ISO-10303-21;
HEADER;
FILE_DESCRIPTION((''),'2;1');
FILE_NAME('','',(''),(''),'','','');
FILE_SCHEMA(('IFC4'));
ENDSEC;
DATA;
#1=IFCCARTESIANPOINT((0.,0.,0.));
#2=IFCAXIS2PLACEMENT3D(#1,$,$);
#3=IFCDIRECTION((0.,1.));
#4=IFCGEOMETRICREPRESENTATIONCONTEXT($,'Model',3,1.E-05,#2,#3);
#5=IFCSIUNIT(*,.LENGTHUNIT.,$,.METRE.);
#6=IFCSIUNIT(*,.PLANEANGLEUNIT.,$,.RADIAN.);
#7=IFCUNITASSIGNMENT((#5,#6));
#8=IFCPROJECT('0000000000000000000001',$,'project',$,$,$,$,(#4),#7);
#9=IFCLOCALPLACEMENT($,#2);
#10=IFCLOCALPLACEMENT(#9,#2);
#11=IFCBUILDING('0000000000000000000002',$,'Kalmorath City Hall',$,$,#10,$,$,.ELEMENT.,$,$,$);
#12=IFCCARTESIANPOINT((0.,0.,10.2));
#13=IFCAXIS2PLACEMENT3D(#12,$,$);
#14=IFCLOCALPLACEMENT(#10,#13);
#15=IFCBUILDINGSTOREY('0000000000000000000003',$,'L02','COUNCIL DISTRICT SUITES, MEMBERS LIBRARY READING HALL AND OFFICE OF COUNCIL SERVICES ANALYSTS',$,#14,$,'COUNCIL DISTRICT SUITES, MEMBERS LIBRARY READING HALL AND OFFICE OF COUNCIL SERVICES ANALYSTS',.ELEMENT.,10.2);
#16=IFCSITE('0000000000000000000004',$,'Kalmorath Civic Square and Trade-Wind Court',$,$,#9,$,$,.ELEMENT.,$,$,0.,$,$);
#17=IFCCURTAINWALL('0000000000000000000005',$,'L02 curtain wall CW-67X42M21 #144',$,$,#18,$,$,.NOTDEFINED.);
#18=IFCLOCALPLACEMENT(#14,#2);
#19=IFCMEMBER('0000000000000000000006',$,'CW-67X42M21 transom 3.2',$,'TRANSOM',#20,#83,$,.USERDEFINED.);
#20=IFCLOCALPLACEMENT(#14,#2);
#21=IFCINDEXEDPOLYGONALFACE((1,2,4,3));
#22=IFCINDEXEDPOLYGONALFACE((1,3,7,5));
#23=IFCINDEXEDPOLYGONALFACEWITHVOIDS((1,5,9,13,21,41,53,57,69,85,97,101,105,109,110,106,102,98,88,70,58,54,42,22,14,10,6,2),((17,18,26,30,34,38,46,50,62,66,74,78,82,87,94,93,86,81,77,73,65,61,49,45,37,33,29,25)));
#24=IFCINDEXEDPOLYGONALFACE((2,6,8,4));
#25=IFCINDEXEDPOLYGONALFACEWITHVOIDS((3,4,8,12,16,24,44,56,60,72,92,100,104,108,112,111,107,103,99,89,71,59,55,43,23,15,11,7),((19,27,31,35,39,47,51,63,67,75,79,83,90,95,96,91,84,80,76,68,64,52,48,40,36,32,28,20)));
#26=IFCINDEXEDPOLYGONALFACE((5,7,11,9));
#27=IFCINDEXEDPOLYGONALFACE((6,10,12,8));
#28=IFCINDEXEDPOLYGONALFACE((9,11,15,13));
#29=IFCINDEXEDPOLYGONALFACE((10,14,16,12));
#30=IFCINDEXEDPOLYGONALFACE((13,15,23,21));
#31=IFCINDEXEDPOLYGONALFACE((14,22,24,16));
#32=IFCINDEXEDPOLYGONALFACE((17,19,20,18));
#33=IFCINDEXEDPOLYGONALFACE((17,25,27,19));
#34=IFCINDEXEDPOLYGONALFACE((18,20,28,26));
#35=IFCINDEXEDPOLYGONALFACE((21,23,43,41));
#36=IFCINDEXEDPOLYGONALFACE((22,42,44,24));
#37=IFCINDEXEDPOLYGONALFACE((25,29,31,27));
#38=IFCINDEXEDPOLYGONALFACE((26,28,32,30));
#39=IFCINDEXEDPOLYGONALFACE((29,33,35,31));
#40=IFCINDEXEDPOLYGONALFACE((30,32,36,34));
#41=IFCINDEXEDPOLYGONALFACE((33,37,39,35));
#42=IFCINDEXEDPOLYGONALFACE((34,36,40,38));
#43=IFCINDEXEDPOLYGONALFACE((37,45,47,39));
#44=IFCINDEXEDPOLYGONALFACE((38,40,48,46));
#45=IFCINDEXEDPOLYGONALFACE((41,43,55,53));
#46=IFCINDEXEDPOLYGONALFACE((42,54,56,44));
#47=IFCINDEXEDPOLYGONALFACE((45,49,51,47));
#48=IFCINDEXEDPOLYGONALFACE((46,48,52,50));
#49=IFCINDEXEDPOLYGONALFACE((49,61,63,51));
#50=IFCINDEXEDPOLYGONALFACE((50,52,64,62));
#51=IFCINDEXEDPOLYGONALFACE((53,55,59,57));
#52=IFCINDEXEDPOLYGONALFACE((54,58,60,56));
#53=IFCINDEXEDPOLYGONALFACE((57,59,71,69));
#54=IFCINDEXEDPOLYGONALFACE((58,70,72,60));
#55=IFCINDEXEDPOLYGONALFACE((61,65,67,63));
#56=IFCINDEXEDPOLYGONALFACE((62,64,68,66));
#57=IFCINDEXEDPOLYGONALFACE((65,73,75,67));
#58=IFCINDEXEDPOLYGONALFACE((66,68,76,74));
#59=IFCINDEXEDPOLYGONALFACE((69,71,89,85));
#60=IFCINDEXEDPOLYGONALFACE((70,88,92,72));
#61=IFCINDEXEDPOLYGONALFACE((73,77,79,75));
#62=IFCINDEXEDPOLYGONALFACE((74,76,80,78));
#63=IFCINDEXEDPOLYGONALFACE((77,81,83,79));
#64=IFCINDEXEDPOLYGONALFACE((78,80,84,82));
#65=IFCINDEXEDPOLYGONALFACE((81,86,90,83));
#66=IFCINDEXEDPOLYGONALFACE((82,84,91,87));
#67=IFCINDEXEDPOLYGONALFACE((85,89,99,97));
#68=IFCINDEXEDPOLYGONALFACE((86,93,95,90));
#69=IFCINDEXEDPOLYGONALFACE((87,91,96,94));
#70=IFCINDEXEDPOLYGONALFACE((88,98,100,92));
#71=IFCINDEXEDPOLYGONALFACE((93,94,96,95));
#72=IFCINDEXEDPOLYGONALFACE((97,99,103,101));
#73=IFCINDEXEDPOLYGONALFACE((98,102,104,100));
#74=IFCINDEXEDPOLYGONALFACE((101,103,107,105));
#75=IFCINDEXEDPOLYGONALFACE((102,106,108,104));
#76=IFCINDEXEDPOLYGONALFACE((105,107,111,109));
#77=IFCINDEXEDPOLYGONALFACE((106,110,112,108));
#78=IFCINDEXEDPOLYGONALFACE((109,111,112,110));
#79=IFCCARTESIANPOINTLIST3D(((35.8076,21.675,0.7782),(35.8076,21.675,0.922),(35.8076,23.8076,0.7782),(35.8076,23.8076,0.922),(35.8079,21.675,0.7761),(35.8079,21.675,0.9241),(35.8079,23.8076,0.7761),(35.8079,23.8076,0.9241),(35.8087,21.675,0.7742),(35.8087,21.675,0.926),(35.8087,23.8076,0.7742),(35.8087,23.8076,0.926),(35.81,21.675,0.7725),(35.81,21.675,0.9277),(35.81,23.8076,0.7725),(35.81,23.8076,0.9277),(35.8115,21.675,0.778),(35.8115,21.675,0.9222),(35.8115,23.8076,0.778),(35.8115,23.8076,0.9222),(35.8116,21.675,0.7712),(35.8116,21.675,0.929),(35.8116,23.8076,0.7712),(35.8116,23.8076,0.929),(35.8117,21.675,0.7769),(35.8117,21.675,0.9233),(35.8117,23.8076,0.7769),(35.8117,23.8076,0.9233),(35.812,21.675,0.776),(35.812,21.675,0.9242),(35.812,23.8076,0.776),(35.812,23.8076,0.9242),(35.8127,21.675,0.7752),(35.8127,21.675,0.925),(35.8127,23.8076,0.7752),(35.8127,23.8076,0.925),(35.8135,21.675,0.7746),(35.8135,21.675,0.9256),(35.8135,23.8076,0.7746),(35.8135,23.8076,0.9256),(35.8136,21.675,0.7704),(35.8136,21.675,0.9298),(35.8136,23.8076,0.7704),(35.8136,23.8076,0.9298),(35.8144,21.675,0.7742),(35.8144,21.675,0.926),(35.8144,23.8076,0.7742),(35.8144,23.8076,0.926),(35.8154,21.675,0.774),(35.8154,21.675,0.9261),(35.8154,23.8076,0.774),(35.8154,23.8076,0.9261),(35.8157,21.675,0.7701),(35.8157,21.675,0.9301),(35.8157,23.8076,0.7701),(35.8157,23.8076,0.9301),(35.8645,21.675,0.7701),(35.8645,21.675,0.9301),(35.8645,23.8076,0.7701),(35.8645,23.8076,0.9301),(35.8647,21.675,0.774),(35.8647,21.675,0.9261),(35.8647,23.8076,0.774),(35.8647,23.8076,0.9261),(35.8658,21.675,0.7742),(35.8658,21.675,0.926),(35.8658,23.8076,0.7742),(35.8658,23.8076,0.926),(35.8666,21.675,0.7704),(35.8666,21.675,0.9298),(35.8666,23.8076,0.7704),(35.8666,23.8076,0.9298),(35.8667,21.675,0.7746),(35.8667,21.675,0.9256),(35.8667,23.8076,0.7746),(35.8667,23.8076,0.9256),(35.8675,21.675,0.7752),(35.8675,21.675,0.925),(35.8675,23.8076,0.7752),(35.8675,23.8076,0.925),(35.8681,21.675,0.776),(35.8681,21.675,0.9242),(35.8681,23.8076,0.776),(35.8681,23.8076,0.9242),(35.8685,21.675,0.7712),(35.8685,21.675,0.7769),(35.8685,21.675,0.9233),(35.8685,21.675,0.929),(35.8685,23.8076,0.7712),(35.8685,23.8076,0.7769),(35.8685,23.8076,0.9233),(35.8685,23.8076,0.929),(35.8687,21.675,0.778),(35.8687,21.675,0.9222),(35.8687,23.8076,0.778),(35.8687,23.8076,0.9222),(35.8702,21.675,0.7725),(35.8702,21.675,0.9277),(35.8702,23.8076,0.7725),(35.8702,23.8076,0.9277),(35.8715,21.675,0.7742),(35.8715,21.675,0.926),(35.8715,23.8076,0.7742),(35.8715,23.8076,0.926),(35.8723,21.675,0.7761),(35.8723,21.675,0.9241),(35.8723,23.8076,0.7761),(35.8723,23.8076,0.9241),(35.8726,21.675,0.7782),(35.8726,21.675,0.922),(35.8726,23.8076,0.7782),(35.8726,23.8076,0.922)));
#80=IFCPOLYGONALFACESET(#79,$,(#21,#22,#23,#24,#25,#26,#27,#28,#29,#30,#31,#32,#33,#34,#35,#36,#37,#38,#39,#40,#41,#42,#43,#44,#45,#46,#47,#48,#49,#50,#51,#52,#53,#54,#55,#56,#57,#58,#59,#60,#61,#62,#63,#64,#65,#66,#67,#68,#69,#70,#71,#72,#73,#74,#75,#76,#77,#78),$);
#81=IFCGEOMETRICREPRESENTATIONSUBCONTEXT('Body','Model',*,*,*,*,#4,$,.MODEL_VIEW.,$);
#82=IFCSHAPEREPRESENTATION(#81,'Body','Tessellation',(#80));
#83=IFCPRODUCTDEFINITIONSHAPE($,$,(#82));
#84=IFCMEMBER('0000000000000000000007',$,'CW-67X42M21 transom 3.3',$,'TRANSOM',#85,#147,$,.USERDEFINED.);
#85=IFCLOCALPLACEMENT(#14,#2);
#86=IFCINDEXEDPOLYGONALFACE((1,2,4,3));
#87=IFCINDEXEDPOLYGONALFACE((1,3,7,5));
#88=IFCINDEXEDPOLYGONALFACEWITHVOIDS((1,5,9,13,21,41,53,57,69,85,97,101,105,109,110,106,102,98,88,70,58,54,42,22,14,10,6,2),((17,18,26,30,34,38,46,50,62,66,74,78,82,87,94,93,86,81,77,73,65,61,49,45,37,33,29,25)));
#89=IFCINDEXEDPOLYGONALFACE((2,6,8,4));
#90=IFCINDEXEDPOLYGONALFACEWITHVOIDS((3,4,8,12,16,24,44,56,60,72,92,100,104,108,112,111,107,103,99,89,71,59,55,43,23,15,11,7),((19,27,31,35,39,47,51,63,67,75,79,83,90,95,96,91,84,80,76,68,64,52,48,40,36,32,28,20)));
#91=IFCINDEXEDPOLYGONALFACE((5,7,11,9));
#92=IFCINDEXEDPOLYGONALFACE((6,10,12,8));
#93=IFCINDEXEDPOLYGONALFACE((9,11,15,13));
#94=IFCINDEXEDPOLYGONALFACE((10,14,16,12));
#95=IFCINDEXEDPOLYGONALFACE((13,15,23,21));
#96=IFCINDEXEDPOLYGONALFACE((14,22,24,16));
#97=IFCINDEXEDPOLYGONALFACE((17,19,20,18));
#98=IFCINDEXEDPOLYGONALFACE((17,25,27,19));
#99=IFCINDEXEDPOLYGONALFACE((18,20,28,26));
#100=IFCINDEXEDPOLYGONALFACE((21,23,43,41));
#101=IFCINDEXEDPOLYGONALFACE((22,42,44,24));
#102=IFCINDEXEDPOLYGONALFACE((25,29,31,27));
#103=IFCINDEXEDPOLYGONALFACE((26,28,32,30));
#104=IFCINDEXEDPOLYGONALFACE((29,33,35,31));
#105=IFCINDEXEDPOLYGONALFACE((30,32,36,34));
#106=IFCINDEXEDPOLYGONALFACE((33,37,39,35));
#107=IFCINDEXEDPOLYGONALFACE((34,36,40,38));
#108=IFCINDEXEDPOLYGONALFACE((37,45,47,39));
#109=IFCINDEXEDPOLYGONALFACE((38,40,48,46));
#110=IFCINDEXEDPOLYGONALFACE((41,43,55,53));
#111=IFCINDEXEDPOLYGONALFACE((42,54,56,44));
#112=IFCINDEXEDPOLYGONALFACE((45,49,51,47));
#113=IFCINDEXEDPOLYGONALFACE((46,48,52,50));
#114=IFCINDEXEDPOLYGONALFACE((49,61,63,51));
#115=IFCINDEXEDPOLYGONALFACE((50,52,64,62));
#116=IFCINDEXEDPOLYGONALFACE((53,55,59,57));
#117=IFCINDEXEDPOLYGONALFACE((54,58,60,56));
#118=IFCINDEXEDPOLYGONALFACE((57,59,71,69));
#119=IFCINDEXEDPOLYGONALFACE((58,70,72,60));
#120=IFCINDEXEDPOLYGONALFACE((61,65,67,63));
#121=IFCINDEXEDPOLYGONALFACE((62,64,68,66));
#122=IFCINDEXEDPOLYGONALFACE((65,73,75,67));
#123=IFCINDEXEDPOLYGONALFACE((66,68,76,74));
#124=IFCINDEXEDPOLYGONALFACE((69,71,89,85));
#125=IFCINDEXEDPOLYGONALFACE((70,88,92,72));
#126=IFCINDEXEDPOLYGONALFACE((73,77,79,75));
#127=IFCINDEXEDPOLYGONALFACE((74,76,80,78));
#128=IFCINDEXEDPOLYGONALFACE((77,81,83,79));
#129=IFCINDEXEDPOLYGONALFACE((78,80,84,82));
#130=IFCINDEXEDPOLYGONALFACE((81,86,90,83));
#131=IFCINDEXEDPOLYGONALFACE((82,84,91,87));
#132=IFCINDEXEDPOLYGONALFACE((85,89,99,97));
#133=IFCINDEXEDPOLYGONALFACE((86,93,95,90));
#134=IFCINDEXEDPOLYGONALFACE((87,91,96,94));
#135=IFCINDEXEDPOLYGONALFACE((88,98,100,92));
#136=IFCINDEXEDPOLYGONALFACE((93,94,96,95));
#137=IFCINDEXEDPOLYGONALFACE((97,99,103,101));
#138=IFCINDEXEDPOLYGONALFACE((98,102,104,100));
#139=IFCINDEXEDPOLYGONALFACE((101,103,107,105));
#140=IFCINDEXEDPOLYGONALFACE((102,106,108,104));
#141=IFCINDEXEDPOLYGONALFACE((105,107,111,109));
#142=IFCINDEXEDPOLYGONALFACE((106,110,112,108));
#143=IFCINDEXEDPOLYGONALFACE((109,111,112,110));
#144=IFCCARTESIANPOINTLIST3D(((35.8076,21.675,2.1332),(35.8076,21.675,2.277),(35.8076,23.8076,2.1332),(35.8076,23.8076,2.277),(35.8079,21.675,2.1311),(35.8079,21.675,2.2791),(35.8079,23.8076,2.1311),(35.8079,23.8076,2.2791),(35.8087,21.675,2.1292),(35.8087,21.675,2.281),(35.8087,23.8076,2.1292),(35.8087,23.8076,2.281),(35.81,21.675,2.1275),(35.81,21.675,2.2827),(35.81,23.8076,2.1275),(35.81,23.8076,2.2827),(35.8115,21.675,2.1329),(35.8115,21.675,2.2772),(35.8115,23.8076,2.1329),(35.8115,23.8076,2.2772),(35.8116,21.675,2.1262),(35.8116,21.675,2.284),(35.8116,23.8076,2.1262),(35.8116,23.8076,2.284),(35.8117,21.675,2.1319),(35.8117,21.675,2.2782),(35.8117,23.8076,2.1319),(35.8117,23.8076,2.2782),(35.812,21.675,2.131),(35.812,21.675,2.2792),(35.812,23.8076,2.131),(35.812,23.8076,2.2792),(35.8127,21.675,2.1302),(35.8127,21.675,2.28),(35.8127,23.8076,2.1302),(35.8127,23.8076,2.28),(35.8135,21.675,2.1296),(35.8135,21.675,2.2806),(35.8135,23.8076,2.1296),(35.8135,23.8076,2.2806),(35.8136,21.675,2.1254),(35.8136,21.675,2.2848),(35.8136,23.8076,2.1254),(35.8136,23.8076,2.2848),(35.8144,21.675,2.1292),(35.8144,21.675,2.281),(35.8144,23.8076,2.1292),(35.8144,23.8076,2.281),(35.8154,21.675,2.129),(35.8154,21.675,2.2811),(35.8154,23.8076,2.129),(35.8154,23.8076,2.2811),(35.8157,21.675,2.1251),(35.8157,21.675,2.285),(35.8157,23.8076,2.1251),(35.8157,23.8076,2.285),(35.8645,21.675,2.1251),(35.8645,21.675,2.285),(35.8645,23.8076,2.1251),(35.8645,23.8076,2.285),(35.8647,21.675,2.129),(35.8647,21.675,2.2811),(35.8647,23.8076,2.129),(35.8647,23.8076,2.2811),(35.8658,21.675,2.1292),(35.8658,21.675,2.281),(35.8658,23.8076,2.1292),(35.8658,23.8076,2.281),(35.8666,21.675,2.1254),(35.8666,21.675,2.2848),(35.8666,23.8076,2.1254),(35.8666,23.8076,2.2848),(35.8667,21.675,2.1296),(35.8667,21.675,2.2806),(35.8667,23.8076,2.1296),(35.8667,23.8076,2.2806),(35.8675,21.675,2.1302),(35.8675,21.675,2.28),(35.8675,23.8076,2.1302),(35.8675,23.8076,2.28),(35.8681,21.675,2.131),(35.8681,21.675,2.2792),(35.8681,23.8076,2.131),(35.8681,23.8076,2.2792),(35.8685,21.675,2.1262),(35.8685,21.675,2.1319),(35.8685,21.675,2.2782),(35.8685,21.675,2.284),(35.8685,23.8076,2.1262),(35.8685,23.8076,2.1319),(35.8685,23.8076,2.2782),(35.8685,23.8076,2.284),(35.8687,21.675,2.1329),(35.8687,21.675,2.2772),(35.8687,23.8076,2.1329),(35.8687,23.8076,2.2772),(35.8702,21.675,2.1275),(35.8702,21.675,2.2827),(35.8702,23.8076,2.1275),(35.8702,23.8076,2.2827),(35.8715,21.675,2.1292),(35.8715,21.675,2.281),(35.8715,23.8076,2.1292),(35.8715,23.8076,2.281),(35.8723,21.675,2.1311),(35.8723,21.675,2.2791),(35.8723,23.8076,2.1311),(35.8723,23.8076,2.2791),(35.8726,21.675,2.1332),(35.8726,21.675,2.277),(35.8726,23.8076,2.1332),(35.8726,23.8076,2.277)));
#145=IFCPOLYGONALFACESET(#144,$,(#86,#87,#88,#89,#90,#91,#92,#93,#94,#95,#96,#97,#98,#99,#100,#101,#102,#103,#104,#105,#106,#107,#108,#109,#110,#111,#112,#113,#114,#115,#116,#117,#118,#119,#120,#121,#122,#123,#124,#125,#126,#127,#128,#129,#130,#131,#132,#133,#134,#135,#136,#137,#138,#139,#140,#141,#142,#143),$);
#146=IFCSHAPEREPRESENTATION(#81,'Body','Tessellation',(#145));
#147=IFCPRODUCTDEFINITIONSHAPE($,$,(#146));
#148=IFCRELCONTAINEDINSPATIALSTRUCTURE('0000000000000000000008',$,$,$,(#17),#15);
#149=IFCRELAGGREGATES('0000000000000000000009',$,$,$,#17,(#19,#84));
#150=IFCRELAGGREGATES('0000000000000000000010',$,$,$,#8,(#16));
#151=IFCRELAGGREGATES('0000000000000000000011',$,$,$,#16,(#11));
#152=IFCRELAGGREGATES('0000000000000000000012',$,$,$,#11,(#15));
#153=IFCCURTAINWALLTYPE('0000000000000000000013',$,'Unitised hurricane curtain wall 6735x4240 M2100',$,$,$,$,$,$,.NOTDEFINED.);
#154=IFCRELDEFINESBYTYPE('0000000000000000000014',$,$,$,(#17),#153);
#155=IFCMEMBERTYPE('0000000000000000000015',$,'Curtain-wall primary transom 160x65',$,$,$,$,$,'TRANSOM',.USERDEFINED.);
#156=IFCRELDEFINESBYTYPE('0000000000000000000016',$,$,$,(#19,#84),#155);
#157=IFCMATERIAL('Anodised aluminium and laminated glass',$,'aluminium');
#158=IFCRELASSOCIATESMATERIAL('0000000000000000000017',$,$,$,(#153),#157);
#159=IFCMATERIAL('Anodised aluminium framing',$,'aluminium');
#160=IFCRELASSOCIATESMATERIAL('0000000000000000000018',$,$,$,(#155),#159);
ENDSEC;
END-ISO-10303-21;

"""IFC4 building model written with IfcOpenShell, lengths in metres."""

from ifc_helpers import new_model, si_unit, direction, frame, origin, origin_2d, place, context, subcontext, project, spatial, hollow_rectangle, extrude, material, material_profile, profile_set, type_object, element, aggregate, save


model = new_model("IFC4")

# Units and contexts
model_context = context("Model", 3, precision=1e-05, world=origin(), true_north=direction((0.0, 1.0)))
body_context = subcontext(model_context, "Body", "Model", "MODEL_VIEW")
ifc_project = project(units=[si_unit("LENGTHUNIT", "METRE"), si_unit("PLANEANGLEUNIT", "RADIAN")], contexts=[model_context])

# Site, building, storey
site_placement = place(None, origin())
site = spatial("IfcSite", under=ifc_project, at=site_placement, Name="Kalmorath Civic Square and Trade-Wind Court", CompositionType="ELEMENT", RefElevation=0.0)
building_placement = place(site_placement, origin())
building = spatial("IfcBuilding", under=site, at=building_placement, Name="Kalmorath City Hall", CompositionType="ELEMENT")
storey_placement = place(building_placement, frame((0.0, 0.0, 10.2)))
storey = spatial("IfcBuildingStorey", under=building, at=storey_placement, Name="L02", Description="COUNCIL DISTRICT SUITES, MEMBERS LIBRARY READING HALL AND OFFICE OF COUNCIL SERVICES ANALYSTS", LongName="COUNCIL DISTRICT SUITES, MEMBERS LIBRARY READING HALL AND OFFICE OF COUNCIL SERVICES ANALYSTS", CompositionType="ELEMENT", Elevation=10.2)

# Curtain wall, members
ifc_material_1 = material(Name="Anodised aluminium and laminated glass", Category="aluminium")
curtain_wall_type = type_object("IfcCurtainWallType", Name="Unitised hurricane curtain wall 6735x4240 M2100", PredefinedType="NOTDEFINED", material=ifc_material_1)
curtain_wall_placement = place(storey_placement, origin())
curtain_wall = element("IfcCurtainWall", 1, at=curtain_wall_placement, inside=storey, type_object=curtain_wall_type, Name="L02 curtain wall CW-67X42M21 #144", PredefinedType="NOTDEFINED")
ifc_material_2 = material(Name="Anodised aluminium framing", Category="aluminium")
ifc_material_profile_1 = material_profile(ifc_material_2, hollow_rectangle(XDim=0.0649, YDim=0.1599, WallThickness=0.0039, InnerFilletRadius=0.0039, OuterFilletRadius=0.0081, at=origin_2d()), Name="ALU-TRN-160X65X4")
ifc_profile_set_1 = profile_set([ifc_material_profile_1], Name="Anodised aluminium framing")
member_type_1 = type_object("IfcMemberType", Name="Curtain-wall primary transom 160x65", ElementType="TRANSOM", PredefinedType="USERDEFINED", material=ifc_profile_set_1)
member_1_placement = place(storey_placement, frame((35.8401, 23.8076, 0.8501), z_axis=(0.0, -1.0, 0.0), x_axis=(1.0, 0.0, 0.0)))
member_1 = element("IfcMember", 2, at=member_1_placement, type_object=member_type_1, Name="CW-67X42M21 transom 3.2", ObjectType="TRANSOM", PredefinedType="USERDEFINED", context=body_context, shape_type="SweptSolid", body=[
    extrude(hollow_rectangle(XDim=0.0649, YDim=0.1599, WallThickness=0.0039, InnerFilletRadius=0.0039, OuterFilletRadius=0.0081, at=origin_2d()), origin(), (0.0, 0.0, 1.0), 2.1326),
])
member_2_placement = place(storey_placement, frame((35.8401, 23.8076, 2.2051), z_axis=(0.0, -1.0, 0.0), x_axis=(1.0, 0.0, 0.0)))
member_2 = element("IfcMember", 3, at=member_2_placement, type_object=member_type_1, Name="CW-67X42M21 transom 3.3", ObjectType="TRANSOM", PredefinedType="USERDEFINED", context=body_context, shape_type="SweptSolid", body=[
    extrude(hollow_rectangle(XDim=0.0649, YDim=0.1599, WallThickness=0.0039, InnerFilletRadius=0.0039, OuterFilletRadius=0.0081, at=origin_2d()), origin(), (0.0, 0.0, 1.0), 2.1326),
])

aggregate(curtain_wall, [member_1, member_2])

save(model, "model.ifc")
